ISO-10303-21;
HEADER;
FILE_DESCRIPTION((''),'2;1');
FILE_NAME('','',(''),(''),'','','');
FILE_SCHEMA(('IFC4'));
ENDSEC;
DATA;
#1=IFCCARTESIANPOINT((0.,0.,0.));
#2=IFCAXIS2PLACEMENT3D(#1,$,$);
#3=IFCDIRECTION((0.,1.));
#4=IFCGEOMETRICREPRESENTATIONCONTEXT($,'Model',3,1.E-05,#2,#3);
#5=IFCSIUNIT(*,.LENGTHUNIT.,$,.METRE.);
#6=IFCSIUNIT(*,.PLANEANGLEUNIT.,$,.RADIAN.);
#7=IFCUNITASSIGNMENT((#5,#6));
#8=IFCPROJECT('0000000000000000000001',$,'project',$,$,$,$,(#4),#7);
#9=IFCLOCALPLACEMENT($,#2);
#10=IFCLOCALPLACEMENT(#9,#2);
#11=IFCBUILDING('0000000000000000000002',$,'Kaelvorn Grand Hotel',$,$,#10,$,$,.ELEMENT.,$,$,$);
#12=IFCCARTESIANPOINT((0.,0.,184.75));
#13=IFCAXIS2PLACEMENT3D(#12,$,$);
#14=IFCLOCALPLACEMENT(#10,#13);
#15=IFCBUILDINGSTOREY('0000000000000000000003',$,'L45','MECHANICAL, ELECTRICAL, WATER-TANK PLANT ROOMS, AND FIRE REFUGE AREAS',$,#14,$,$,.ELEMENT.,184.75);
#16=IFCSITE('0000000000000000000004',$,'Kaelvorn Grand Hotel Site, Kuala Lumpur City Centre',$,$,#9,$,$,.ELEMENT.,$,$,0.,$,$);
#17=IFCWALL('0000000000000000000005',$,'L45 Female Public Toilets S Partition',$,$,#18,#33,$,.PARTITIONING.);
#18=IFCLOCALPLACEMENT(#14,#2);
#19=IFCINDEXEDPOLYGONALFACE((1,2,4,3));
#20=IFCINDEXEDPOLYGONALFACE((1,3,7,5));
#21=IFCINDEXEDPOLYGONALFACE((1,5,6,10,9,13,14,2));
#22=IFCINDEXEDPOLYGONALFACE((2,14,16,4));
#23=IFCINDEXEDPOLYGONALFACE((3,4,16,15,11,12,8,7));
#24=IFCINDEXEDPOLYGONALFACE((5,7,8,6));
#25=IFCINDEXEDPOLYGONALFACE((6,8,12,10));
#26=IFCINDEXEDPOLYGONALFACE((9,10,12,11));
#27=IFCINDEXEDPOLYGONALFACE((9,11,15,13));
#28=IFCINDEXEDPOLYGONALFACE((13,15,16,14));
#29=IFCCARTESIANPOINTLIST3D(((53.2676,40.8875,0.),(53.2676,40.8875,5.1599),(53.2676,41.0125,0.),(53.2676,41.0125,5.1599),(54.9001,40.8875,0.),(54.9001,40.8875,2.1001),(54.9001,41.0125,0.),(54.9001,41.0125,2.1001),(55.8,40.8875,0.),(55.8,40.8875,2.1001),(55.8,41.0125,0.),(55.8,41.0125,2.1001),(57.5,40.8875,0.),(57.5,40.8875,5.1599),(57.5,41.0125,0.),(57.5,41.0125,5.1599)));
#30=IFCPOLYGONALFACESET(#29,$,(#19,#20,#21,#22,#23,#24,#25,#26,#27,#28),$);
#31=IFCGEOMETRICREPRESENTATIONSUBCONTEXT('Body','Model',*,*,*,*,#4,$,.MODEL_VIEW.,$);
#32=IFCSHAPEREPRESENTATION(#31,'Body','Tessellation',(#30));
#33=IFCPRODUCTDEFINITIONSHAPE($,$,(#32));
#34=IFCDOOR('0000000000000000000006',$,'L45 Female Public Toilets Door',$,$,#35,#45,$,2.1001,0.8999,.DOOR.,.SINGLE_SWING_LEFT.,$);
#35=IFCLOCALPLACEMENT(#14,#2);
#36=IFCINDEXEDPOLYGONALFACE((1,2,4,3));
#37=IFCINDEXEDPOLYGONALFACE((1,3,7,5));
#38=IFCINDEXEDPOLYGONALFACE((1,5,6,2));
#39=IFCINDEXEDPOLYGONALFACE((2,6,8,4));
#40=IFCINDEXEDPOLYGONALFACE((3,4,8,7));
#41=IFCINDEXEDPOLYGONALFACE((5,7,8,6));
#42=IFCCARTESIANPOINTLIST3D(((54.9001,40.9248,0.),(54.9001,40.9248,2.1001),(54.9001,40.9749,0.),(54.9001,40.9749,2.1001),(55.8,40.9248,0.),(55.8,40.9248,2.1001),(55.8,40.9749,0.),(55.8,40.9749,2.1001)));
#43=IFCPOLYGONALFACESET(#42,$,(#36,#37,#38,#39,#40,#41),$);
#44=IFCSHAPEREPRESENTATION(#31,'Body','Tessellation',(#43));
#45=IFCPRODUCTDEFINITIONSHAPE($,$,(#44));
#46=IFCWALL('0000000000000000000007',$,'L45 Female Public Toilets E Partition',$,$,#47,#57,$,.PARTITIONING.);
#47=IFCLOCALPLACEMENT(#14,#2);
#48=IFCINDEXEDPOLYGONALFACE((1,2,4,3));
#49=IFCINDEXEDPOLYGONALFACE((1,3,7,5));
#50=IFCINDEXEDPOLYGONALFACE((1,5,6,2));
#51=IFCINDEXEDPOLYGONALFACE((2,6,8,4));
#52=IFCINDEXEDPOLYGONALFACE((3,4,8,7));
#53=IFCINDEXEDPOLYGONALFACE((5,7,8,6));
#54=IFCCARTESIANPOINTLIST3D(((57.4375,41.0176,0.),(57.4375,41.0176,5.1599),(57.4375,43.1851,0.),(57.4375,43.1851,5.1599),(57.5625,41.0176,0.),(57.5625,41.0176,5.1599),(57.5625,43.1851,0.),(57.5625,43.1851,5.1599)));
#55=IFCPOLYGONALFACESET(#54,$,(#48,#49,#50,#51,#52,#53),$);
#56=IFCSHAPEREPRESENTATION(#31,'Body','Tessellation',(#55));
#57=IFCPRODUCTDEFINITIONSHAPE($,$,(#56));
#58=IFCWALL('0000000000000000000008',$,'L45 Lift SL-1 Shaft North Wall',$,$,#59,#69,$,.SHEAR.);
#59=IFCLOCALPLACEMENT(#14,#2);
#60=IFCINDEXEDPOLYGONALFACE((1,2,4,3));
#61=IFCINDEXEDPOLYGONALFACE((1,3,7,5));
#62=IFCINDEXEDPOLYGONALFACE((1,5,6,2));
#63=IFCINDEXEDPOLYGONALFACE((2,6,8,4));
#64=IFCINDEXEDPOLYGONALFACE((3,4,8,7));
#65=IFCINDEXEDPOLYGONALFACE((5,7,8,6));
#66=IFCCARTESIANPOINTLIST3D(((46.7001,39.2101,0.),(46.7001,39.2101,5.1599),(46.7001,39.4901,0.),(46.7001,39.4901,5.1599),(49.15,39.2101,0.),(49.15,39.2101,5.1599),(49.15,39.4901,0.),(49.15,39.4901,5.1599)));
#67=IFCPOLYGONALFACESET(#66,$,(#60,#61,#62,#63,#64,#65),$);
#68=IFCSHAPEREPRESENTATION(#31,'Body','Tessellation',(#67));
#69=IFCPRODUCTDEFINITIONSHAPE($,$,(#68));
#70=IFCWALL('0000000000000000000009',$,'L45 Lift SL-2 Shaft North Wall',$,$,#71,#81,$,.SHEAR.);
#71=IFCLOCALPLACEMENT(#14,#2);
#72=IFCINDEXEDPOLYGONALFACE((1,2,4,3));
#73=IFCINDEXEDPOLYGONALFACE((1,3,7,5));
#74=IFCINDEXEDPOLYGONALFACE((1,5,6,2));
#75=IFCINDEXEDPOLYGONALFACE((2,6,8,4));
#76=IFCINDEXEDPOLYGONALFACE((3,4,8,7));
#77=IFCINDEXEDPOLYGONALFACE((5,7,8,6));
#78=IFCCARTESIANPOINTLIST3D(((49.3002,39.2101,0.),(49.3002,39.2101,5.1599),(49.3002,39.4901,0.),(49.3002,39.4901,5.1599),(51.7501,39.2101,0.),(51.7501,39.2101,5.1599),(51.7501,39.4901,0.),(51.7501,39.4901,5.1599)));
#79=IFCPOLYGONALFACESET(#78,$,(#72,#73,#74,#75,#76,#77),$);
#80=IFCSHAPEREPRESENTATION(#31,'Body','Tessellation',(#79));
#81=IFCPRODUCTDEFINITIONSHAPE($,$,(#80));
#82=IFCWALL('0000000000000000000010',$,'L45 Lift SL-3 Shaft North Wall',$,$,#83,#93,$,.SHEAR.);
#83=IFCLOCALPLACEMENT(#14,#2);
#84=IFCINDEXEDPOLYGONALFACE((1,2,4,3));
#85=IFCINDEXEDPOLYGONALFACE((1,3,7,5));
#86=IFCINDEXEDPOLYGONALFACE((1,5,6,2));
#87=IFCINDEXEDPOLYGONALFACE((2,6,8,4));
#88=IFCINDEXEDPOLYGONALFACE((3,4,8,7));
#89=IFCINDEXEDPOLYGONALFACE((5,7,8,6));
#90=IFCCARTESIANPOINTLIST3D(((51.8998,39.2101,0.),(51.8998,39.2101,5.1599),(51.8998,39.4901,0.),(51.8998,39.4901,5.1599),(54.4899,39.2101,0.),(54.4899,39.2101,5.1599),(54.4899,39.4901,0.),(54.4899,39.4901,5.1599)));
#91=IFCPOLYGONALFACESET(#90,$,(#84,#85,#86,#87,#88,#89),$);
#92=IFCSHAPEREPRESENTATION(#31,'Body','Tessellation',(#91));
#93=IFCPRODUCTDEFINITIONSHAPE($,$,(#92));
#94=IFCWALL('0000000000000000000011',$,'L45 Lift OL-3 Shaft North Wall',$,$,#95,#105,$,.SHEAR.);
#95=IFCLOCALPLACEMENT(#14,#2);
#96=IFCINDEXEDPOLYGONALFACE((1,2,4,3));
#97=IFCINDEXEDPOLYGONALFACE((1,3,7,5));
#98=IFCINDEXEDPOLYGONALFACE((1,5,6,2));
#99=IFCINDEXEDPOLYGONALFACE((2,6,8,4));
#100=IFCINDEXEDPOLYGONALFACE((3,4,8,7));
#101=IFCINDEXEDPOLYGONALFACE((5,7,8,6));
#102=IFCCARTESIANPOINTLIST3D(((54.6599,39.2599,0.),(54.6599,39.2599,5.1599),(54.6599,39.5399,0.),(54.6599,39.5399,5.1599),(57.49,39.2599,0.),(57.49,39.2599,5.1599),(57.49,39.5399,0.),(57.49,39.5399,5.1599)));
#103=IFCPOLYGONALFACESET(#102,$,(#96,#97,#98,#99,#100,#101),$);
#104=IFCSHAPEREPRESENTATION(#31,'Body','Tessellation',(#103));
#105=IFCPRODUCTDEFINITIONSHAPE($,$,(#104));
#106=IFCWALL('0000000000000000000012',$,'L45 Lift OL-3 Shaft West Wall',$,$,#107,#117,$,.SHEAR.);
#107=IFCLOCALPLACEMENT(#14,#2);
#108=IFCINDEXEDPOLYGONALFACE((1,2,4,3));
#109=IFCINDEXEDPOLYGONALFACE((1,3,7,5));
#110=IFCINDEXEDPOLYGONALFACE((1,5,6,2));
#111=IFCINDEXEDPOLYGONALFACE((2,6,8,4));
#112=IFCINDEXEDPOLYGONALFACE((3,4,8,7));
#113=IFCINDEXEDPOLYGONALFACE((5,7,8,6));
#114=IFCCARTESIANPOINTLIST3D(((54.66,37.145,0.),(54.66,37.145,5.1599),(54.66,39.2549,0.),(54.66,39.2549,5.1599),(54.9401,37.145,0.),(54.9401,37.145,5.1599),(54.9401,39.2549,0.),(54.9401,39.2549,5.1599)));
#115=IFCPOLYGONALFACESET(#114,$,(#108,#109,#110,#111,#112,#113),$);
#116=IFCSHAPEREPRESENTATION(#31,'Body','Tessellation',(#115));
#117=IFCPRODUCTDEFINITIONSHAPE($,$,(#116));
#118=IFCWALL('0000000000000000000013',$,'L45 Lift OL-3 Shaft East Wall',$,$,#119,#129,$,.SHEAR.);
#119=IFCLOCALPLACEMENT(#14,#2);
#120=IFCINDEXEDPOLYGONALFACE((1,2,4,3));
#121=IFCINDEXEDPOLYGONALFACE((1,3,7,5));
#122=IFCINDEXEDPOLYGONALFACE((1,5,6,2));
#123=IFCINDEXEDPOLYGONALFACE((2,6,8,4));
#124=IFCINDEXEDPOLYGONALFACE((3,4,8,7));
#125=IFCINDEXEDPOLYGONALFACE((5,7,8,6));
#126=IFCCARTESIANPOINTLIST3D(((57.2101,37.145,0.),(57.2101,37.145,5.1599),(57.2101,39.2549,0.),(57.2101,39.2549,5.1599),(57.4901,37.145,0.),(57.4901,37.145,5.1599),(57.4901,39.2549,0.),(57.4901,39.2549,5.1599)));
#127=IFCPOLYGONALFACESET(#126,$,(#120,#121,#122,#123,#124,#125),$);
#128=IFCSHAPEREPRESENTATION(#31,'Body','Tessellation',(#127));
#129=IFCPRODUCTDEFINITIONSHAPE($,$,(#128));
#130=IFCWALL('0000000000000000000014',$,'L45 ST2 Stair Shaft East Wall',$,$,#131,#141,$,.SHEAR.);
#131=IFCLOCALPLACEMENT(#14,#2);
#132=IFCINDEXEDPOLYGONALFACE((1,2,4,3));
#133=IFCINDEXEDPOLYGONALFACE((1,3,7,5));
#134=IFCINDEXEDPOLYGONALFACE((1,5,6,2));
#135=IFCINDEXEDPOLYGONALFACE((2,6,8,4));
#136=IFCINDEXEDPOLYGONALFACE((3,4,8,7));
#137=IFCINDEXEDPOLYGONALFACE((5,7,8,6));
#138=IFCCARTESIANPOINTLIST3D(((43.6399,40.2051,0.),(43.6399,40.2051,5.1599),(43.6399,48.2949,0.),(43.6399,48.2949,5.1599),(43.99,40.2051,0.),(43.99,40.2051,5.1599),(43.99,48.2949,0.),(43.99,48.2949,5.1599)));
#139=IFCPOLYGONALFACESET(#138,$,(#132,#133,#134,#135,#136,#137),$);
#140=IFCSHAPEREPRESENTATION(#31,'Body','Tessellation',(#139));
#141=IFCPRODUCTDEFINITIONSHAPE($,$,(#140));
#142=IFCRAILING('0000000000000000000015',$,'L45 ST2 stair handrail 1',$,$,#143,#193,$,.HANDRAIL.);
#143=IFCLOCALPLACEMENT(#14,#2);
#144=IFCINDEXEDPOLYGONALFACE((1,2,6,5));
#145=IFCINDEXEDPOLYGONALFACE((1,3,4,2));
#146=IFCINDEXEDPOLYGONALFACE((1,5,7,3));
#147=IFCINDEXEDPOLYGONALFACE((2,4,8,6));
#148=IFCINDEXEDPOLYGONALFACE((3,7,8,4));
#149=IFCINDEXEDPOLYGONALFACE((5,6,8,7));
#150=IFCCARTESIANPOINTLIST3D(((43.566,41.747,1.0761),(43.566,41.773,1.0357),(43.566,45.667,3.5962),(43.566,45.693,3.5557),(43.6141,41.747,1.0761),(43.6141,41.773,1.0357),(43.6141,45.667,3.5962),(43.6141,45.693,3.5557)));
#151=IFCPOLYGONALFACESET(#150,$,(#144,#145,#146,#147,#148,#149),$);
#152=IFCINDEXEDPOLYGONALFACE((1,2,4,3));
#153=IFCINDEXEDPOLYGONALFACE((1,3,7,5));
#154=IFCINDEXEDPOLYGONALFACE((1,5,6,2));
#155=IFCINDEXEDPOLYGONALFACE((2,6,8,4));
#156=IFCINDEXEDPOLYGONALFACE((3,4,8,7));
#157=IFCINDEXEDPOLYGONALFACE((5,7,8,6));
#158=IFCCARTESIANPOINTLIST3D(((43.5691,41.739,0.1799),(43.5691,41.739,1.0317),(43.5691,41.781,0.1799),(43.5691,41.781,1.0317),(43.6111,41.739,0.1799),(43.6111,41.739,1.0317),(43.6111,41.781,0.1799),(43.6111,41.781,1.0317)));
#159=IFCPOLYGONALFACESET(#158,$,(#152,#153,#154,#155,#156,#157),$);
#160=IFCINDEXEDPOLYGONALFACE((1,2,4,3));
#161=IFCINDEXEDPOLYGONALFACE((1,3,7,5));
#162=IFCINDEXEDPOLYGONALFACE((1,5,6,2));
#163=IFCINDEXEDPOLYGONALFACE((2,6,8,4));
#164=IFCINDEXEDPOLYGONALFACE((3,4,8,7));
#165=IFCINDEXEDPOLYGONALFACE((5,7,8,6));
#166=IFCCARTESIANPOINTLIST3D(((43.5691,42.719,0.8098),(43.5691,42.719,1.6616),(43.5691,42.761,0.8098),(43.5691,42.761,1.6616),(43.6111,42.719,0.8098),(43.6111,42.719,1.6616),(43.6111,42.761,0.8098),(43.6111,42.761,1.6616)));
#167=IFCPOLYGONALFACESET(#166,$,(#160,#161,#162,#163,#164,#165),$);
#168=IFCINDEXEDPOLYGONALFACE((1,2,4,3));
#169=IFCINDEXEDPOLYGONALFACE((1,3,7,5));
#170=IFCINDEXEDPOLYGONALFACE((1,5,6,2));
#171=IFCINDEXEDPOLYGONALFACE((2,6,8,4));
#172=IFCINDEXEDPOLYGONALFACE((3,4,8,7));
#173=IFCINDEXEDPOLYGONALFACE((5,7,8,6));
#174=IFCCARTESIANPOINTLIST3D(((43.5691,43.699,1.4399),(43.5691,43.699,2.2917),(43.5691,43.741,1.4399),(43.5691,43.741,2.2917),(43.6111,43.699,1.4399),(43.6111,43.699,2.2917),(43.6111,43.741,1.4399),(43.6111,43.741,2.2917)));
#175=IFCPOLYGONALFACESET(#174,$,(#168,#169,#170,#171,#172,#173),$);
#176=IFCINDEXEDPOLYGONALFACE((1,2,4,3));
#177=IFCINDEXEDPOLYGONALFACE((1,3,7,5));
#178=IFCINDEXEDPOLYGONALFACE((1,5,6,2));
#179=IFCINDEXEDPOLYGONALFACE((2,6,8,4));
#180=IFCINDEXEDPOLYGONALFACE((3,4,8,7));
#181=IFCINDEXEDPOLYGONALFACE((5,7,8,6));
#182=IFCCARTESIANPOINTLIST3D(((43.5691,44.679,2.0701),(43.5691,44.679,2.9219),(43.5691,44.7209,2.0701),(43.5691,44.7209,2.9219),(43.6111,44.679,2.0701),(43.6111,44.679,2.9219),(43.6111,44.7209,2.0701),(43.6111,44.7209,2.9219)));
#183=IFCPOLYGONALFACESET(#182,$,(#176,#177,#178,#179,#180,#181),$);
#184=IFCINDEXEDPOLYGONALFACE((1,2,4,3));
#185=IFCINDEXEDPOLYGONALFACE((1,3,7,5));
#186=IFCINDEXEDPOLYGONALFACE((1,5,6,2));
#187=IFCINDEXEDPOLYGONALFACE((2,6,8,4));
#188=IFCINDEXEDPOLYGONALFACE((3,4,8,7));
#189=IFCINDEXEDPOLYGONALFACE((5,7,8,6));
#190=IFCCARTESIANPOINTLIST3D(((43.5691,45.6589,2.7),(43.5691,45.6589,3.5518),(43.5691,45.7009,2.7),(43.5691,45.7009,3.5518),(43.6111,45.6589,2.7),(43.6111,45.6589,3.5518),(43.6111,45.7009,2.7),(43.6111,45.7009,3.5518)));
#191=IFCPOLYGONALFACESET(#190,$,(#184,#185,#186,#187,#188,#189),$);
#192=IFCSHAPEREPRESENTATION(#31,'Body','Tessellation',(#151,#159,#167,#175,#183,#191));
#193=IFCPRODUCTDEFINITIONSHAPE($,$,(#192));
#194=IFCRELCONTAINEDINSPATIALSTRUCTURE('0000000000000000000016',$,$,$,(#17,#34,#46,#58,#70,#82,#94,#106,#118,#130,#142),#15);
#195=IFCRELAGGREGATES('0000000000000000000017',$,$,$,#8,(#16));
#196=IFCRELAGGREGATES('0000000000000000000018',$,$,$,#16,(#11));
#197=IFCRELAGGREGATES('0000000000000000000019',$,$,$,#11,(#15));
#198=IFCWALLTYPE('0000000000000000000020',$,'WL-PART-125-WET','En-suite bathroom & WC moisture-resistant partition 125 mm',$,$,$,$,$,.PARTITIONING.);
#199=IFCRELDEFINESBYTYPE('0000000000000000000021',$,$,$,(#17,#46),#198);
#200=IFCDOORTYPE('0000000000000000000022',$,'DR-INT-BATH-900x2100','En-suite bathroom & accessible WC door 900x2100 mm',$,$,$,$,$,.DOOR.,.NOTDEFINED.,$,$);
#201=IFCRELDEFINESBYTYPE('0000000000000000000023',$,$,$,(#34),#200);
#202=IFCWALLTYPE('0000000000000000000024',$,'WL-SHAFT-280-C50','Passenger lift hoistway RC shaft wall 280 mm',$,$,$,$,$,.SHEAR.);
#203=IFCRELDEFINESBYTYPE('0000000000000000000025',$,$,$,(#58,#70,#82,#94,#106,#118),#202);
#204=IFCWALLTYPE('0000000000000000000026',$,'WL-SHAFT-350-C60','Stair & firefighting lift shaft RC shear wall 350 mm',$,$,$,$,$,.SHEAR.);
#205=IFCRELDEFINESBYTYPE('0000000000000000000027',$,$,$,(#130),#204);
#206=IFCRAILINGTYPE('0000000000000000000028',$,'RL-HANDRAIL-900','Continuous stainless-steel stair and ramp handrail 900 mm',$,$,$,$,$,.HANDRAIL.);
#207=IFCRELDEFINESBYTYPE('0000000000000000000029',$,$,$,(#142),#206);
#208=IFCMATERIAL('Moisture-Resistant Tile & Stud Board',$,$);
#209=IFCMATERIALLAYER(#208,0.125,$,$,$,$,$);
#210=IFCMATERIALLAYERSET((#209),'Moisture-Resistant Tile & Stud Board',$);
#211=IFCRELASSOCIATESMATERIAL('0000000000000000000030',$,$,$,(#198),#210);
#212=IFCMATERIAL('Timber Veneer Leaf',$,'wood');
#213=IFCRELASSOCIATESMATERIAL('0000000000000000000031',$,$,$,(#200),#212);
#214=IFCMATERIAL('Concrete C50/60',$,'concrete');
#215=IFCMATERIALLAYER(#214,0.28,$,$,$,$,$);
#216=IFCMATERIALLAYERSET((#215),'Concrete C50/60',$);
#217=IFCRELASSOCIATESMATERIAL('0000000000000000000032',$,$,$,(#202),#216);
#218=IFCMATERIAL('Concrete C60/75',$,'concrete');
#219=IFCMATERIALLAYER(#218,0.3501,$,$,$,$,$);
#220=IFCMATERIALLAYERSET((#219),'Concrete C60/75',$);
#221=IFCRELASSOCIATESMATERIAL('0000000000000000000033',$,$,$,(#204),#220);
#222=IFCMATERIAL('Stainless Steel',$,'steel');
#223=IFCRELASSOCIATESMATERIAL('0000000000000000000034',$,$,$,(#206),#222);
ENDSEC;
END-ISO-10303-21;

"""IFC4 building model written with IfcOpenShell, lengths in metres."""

from ifc_helpers import new_model, si_unit, direction, frame, frame_2d, origin, origin_2d, place, context, subcontext, project, spatial, rectangle, extrude, material, layer, layer_set, type_object, element, fill, save


model = new_model("IFC4")

# Units and contexts
model_context = context("Model", 3, precision=1e-05, world=origin(), true_north=direction((0.0, 1.0)))
body_context = subcontext(model_context, "Body", "Model", "MODEL_VIEW")
ifc_project = project(units=[si_unit("LENGTHUNIT", "METRE"), si_unit("PLANEANGLEUNIT", "RADIAN")], contexts=[model_context])

# Site, building, storey
site_placement = place(None, origin())
site = spatial("IfcSite", under=ifc_project, at=site_placement, Name="Kaelvorn Grand Hotel Site, Kuala Lumpur City Centre", CompositionType="ELEMENT", RefElevation=0.0)
building_placement = place(site_placement, origin())
building = spatial("IfcBuilding", under=site, at=building_placement, Name="Kaelvorn Grand Hotel", CompositionType="ELEMENT")
storey_placement = place(building_placement, frame((0.0, 0.0, 184.75)))
storey = spatial("IfcBuildingStorey", under=building, at=storey_placement, Name="L45", Description="MECHANICAL, ELECTRICAL, WATER-TANK PLANT ROOMS, AND FIRE REFUGE AREAS", CompositionType="ELEMENT", Elevation=184.75)

# Shared definitions
ifc_material_1 = material(Name="Concrete C60/75", Category="concrete")

# Shared definitions
ifc_material_2 = material(Name="Concrete C50/60", Category="concrete")

# Shared definitions
ifc_material_3 = material(Name="Moisture-Resistant Tile & Stud Board")
ifc_layer_1 = layer(ifc_material_3, 0.125)
ifc_layer_set_1 = layer_set([ifc_layer_1], Name="Moisture-Resistant Tile & Stud Board")
wall_type_1 = type_object("IfcWallType", Name="WL-PART-125-WET", Description="En-suite bathroom & WC moisture-resistant partition 125 mm", PredefinedType="PARTITIONING", material=ifc_layer_set_1)
ifc_material_4 = material(Name="Timber Veneer Leaf", Category="wood")
door_type = type_object("IfcDoorType", Name="DR-INT-BATH-900x2100", Description="En-suite bathroom & accessible WC door 900x2100 mm", OperationType="NOTDEFINED", PredefinedType="DOOR", material=ifc_material_4)

# Wall, opening, door
wall_1_placement = place(storey_placement, frame((53.2676, 40.95, 0.0), z_axis=(0.0, 0.0, 1.0), x_axis=(1.0, 0.0, 0.0)))
wall_1 = element("IfcWall", 1, at=wall_1_placement, inside=storey, type_object=wall_type_1, Name="L45 Female Public Toilets S Partition", PredefinedType="PARTITIONING", context=body_context, shape_type="SweptSolid", body=[
    extrude(rectangle(XDim=4.2324, YDim=0.125, at=frame_2d((2.1162, 0.0))), origin(), (0.0, 0.0, 1.0), 5.1599),
])
opening_1_placement = place(wall_1_placement, frame((1.6326, 0.0, 0.0)))
opening_1 = element("IfcOpeningElement", 2, at=opening_1_placement, cuts=wall_1, PredefinedType="OPENING", context=body_context, shape_type="SweptSolid", body=[
    extrude(rectangle(XDim=0.8999, YDim=2.1001, at=frame_2d((0.45, 1.05))), frame((0.0, 0.0725, 0.0), z_axis=(0.0, -1.0, 0.0), x_axis=(1.0, 0.0, 0.0)), (0.0, 0.0, 1.0), 0.145),
])
door_1_placement = place(opening_1_placement, origin())
door_1 = element("IfcDoor", 3, at=door_1_placement, inside=storey, type_object=door_type, Name="L45 Female Public Toilets Door", OperationType="SINGLE_SWING_LEFT", OverallHeight=2.1001, OverallWidth=0.8999, PredefinedType="DOOR", context=body_context, shape_type="SweptSolid", body=[
    extrude(rectangle(XDim=0.8999, YDim=2.1001, at=frame_2d((0.45, 1.05))), frame((0.0, 0.0249, 0.0), z_axis=(0.0, -1.0, 0.0), x_axis=(1.0, 0.0, 0.0)), (0.0, 0.0, 1.0), 0.05),
])
fill(opening_1, door_1)

# Walls
wall_2_placement = place(storey_placement, frame((57.5, 41.0176, 0.0), z_axis=(0.0, 0.0, 1.0), x_axis=(0.0, 1.0, 0.0)))
element("IfcWall", 4, at=wall_2_placement, inside=storey, type_object=wall_type_1, Name="L45 Female Public Toilets E Partition", PredefinedType="PARTITIONING", context=body_context, shape_type="SweptSolid", body=[
    extrude(rectangle(XDim=2.1675, YDim=0.125, at=frame_2d((1.0837, 0.0))), origin(), (0.0, 0.0, 1.0), 5.1599),
])
ifc_layer_2 = layer(ifc_material_2, 0.28)
ifc_layer_set_2 = layer_set([ifc_layer_2], Name="Concrete C50/60")
wall_type_2 = type_object("IfcWallType", Name="WL-SHAFT-280-C50", Description="Passenger lift hoistway RC shaft wall 280 mm", PredefinedType="SHEAR", material=ifc_layer_set_2)
for number, where, z_axis, x_axis, name in (
    (5, (46.7, 39.3501, 0.0), (0.0, 0.0, 1.0), (1.0, 0.0, 0.0), "L45 Lift SL-1 Shaft North Wall"),
    (6, (49.3, 39.3501, 0.0), (0.0, 0.0, 1.0), (1.0, 0.0, 0.0), "L45 Lift SL-2 Shaft North Wall"),
):
    element("IfcWall", number, at=place(storey_placement, frame(where, z_axis=z_axis, x_axis=x_axis)), inside=storey, type_object=wall_type_2, Name=name, PredefinedType="SHEAR", context=body_context, shape_type="SweptSolid", body=[
        extrude(rectangle(XDim=2.45, YDim=0.28, at=frame_2d((1.2251, 0.0))), origin(), (0.0, 0.0, 1.0), 5.1599),
    ])
wall_3_placement = place(storey_placement, frame((51.8999, 39.3501, 0.0), z_axis=(0.0, 0.0, 1.0), x_axis=(1.0, 0.0, 0.0)))
element("IfcWall", 7, at=wall_3_placement, inside=storey, type_object=wall_type_2, Name="L45 Lift SL-3 Shaft North Wall", PredefinedType="SHEAR", context=body_context, shape_type="SweptSolid", body=[
    extrude(rectangle(XDim=2.5901, YDim=0.28, at=frame_2d((1.2949, 0.0))), origin(), (0.0, 0.0, 1.0), 5.1599),
])
wall_4_placement = place(storey_placement, frame((54.6599, 39.3999, 0.0), z_axis=(0.0, 0.0, 1.0), x_axis=(1.0, 0.0, 0.0)))
element("IfcWall", 8, at=wall_4_placement, inside=storey, type_object=wall_type_2, Name="L45 Lift OL-3 Shaft North Wall", PredefinedType="SHEAR", context=body_context, shape_type="SweptSolid", body=[
    extrude(rectangle(XDim=2.8301, YDim=0.28, at=frame_2d((1.415, 0.0))), origin(), (0.0, 0.0, 1.0), 5.1599),
])
for number, where, z_axis, x_axis, name in (
    (9, (54.8, 37.145, 0.0), (0.0, 0.0, 1.0), (0.0, 1.0, 0.0), "L45 Lift OL-3 Shaft West Wall"),
    (10, (57.3501, 37.145, 0.0), (0.0, 0.0, 1.0), (0.0, 1.0, 0.0), "L45 Lift OL-3 Shaft East Wall"),
):
    element("IfcWall", number, at=place(storey_placement, frame(where, z_axis=z_axis, x_axis=x_axis)), inside=storey, type_object=wall_type_2, Name=name, PredefinedType="SHEAR", context=body_context, shape_type="SweptSolid", body=[
        extrude(rectangle(XDim=2.1099, YDim=0.28, at=frame_2d((1.0549, 0.0))), origin(), (0.0, 0.0, 1.0), 5.1599),
    ])
ifc_layer_3 = layer(ifc_material_1, 0.3501)
ifc_layer_set_3 = layer_set([ifc_layer_3], Name="Concrete C60/75")
wall_type_3 = type_object("IfcWallType", Name="WL-SHAFT-350-C60", Description="Stair & firefighting lift shaft RC shear wall 350 mm", PredefinedType="SHEAR", material=ifc_layer_set_3)
wall_5_placement = place(storey_placement, frame((43.8149, 40.2051, 0.0), z_axis=(0.0, 0.0, 1.0), x_axis=(0.0, 1.0, 0.0)))
element("IfcWall", 11, at=wall_5_placement, inside=storey, type_object=wall_type_3, Name="L45 ST2 Stair Shaft East Wall", PredefinedType="SHEAR", context=body_context, shape_type="SweptSolid", body=[
    extrude(rectangle(XDim=8.0898, YDim=0.3501, at=frame_2d((4.0449, 0.0))), origin(), (0.0, 0.0, 1.0), 5.1599),
])

# Railing
ifc_material_5 = material(Name="Stainless Steel", Category="steel")
railing_type = type_object("IfcRailingType", Name="RL-HANDRAIL-900", Description="Continuous stainless-steel stair and ramp handrail 900 mm", PredefinedType="HANDRAIL", material=ifc_material_5)
railing_placement = place(storey_placement, frame((43.5901, 41.76, 0.1799)))
element("IfcRailing", 12, at=railing_placement, inside=storey, type_object=railing_type, Name="L45 ST2 stair handrail 1", PredefinedType="HANDRAIL", context=body_context, shape_type="SweptSolid", body=[
    extrude(rectangle(XDim=0.0481, YDim=0.0481, at=origin_2d()), frame((0.0, 0.0, 0.876), z_axis=(0.0, 0.841172, 0.540768), x_axis=(-1.0, 0.0, 0.0)), (0.0, 0.0, 1.0), 4.6602),
    extrude(rectangle(XDim=0.042, YDim=0.042, at=origin_2d()), origin(), (0.0, 0.0, 1.0), 0.8518),
    extrude(rectangle(XDim=0.042, YDim=0.042, at=origin_2d()), frame((0.0, 0.98, 0.6299)), (0.0, 0.0, 1.0), 0.8518),
    extrude(rectangle(XDim=0.042, YDim=0.042, at=origin_2d()), frame((0.0, 1.96, 1.26)), (0.0, 0.0, 1.0), 0.8518),
    extrude(rectangle(XDim=0.042, YDim=0.042, at=origin_2d()), frame((0.0, 2.9399, 1.8901)), (0.0, 0.0, 1.0), 0.8518),
    extrude(rectangle(XDim=0.042, YDim=0.042, at=origin_2d()), frame((0.0, 3.9199, 2.52)), (0.0, 0.0, 1.0), 0.8518),
])

save(model, "model.ifc")
